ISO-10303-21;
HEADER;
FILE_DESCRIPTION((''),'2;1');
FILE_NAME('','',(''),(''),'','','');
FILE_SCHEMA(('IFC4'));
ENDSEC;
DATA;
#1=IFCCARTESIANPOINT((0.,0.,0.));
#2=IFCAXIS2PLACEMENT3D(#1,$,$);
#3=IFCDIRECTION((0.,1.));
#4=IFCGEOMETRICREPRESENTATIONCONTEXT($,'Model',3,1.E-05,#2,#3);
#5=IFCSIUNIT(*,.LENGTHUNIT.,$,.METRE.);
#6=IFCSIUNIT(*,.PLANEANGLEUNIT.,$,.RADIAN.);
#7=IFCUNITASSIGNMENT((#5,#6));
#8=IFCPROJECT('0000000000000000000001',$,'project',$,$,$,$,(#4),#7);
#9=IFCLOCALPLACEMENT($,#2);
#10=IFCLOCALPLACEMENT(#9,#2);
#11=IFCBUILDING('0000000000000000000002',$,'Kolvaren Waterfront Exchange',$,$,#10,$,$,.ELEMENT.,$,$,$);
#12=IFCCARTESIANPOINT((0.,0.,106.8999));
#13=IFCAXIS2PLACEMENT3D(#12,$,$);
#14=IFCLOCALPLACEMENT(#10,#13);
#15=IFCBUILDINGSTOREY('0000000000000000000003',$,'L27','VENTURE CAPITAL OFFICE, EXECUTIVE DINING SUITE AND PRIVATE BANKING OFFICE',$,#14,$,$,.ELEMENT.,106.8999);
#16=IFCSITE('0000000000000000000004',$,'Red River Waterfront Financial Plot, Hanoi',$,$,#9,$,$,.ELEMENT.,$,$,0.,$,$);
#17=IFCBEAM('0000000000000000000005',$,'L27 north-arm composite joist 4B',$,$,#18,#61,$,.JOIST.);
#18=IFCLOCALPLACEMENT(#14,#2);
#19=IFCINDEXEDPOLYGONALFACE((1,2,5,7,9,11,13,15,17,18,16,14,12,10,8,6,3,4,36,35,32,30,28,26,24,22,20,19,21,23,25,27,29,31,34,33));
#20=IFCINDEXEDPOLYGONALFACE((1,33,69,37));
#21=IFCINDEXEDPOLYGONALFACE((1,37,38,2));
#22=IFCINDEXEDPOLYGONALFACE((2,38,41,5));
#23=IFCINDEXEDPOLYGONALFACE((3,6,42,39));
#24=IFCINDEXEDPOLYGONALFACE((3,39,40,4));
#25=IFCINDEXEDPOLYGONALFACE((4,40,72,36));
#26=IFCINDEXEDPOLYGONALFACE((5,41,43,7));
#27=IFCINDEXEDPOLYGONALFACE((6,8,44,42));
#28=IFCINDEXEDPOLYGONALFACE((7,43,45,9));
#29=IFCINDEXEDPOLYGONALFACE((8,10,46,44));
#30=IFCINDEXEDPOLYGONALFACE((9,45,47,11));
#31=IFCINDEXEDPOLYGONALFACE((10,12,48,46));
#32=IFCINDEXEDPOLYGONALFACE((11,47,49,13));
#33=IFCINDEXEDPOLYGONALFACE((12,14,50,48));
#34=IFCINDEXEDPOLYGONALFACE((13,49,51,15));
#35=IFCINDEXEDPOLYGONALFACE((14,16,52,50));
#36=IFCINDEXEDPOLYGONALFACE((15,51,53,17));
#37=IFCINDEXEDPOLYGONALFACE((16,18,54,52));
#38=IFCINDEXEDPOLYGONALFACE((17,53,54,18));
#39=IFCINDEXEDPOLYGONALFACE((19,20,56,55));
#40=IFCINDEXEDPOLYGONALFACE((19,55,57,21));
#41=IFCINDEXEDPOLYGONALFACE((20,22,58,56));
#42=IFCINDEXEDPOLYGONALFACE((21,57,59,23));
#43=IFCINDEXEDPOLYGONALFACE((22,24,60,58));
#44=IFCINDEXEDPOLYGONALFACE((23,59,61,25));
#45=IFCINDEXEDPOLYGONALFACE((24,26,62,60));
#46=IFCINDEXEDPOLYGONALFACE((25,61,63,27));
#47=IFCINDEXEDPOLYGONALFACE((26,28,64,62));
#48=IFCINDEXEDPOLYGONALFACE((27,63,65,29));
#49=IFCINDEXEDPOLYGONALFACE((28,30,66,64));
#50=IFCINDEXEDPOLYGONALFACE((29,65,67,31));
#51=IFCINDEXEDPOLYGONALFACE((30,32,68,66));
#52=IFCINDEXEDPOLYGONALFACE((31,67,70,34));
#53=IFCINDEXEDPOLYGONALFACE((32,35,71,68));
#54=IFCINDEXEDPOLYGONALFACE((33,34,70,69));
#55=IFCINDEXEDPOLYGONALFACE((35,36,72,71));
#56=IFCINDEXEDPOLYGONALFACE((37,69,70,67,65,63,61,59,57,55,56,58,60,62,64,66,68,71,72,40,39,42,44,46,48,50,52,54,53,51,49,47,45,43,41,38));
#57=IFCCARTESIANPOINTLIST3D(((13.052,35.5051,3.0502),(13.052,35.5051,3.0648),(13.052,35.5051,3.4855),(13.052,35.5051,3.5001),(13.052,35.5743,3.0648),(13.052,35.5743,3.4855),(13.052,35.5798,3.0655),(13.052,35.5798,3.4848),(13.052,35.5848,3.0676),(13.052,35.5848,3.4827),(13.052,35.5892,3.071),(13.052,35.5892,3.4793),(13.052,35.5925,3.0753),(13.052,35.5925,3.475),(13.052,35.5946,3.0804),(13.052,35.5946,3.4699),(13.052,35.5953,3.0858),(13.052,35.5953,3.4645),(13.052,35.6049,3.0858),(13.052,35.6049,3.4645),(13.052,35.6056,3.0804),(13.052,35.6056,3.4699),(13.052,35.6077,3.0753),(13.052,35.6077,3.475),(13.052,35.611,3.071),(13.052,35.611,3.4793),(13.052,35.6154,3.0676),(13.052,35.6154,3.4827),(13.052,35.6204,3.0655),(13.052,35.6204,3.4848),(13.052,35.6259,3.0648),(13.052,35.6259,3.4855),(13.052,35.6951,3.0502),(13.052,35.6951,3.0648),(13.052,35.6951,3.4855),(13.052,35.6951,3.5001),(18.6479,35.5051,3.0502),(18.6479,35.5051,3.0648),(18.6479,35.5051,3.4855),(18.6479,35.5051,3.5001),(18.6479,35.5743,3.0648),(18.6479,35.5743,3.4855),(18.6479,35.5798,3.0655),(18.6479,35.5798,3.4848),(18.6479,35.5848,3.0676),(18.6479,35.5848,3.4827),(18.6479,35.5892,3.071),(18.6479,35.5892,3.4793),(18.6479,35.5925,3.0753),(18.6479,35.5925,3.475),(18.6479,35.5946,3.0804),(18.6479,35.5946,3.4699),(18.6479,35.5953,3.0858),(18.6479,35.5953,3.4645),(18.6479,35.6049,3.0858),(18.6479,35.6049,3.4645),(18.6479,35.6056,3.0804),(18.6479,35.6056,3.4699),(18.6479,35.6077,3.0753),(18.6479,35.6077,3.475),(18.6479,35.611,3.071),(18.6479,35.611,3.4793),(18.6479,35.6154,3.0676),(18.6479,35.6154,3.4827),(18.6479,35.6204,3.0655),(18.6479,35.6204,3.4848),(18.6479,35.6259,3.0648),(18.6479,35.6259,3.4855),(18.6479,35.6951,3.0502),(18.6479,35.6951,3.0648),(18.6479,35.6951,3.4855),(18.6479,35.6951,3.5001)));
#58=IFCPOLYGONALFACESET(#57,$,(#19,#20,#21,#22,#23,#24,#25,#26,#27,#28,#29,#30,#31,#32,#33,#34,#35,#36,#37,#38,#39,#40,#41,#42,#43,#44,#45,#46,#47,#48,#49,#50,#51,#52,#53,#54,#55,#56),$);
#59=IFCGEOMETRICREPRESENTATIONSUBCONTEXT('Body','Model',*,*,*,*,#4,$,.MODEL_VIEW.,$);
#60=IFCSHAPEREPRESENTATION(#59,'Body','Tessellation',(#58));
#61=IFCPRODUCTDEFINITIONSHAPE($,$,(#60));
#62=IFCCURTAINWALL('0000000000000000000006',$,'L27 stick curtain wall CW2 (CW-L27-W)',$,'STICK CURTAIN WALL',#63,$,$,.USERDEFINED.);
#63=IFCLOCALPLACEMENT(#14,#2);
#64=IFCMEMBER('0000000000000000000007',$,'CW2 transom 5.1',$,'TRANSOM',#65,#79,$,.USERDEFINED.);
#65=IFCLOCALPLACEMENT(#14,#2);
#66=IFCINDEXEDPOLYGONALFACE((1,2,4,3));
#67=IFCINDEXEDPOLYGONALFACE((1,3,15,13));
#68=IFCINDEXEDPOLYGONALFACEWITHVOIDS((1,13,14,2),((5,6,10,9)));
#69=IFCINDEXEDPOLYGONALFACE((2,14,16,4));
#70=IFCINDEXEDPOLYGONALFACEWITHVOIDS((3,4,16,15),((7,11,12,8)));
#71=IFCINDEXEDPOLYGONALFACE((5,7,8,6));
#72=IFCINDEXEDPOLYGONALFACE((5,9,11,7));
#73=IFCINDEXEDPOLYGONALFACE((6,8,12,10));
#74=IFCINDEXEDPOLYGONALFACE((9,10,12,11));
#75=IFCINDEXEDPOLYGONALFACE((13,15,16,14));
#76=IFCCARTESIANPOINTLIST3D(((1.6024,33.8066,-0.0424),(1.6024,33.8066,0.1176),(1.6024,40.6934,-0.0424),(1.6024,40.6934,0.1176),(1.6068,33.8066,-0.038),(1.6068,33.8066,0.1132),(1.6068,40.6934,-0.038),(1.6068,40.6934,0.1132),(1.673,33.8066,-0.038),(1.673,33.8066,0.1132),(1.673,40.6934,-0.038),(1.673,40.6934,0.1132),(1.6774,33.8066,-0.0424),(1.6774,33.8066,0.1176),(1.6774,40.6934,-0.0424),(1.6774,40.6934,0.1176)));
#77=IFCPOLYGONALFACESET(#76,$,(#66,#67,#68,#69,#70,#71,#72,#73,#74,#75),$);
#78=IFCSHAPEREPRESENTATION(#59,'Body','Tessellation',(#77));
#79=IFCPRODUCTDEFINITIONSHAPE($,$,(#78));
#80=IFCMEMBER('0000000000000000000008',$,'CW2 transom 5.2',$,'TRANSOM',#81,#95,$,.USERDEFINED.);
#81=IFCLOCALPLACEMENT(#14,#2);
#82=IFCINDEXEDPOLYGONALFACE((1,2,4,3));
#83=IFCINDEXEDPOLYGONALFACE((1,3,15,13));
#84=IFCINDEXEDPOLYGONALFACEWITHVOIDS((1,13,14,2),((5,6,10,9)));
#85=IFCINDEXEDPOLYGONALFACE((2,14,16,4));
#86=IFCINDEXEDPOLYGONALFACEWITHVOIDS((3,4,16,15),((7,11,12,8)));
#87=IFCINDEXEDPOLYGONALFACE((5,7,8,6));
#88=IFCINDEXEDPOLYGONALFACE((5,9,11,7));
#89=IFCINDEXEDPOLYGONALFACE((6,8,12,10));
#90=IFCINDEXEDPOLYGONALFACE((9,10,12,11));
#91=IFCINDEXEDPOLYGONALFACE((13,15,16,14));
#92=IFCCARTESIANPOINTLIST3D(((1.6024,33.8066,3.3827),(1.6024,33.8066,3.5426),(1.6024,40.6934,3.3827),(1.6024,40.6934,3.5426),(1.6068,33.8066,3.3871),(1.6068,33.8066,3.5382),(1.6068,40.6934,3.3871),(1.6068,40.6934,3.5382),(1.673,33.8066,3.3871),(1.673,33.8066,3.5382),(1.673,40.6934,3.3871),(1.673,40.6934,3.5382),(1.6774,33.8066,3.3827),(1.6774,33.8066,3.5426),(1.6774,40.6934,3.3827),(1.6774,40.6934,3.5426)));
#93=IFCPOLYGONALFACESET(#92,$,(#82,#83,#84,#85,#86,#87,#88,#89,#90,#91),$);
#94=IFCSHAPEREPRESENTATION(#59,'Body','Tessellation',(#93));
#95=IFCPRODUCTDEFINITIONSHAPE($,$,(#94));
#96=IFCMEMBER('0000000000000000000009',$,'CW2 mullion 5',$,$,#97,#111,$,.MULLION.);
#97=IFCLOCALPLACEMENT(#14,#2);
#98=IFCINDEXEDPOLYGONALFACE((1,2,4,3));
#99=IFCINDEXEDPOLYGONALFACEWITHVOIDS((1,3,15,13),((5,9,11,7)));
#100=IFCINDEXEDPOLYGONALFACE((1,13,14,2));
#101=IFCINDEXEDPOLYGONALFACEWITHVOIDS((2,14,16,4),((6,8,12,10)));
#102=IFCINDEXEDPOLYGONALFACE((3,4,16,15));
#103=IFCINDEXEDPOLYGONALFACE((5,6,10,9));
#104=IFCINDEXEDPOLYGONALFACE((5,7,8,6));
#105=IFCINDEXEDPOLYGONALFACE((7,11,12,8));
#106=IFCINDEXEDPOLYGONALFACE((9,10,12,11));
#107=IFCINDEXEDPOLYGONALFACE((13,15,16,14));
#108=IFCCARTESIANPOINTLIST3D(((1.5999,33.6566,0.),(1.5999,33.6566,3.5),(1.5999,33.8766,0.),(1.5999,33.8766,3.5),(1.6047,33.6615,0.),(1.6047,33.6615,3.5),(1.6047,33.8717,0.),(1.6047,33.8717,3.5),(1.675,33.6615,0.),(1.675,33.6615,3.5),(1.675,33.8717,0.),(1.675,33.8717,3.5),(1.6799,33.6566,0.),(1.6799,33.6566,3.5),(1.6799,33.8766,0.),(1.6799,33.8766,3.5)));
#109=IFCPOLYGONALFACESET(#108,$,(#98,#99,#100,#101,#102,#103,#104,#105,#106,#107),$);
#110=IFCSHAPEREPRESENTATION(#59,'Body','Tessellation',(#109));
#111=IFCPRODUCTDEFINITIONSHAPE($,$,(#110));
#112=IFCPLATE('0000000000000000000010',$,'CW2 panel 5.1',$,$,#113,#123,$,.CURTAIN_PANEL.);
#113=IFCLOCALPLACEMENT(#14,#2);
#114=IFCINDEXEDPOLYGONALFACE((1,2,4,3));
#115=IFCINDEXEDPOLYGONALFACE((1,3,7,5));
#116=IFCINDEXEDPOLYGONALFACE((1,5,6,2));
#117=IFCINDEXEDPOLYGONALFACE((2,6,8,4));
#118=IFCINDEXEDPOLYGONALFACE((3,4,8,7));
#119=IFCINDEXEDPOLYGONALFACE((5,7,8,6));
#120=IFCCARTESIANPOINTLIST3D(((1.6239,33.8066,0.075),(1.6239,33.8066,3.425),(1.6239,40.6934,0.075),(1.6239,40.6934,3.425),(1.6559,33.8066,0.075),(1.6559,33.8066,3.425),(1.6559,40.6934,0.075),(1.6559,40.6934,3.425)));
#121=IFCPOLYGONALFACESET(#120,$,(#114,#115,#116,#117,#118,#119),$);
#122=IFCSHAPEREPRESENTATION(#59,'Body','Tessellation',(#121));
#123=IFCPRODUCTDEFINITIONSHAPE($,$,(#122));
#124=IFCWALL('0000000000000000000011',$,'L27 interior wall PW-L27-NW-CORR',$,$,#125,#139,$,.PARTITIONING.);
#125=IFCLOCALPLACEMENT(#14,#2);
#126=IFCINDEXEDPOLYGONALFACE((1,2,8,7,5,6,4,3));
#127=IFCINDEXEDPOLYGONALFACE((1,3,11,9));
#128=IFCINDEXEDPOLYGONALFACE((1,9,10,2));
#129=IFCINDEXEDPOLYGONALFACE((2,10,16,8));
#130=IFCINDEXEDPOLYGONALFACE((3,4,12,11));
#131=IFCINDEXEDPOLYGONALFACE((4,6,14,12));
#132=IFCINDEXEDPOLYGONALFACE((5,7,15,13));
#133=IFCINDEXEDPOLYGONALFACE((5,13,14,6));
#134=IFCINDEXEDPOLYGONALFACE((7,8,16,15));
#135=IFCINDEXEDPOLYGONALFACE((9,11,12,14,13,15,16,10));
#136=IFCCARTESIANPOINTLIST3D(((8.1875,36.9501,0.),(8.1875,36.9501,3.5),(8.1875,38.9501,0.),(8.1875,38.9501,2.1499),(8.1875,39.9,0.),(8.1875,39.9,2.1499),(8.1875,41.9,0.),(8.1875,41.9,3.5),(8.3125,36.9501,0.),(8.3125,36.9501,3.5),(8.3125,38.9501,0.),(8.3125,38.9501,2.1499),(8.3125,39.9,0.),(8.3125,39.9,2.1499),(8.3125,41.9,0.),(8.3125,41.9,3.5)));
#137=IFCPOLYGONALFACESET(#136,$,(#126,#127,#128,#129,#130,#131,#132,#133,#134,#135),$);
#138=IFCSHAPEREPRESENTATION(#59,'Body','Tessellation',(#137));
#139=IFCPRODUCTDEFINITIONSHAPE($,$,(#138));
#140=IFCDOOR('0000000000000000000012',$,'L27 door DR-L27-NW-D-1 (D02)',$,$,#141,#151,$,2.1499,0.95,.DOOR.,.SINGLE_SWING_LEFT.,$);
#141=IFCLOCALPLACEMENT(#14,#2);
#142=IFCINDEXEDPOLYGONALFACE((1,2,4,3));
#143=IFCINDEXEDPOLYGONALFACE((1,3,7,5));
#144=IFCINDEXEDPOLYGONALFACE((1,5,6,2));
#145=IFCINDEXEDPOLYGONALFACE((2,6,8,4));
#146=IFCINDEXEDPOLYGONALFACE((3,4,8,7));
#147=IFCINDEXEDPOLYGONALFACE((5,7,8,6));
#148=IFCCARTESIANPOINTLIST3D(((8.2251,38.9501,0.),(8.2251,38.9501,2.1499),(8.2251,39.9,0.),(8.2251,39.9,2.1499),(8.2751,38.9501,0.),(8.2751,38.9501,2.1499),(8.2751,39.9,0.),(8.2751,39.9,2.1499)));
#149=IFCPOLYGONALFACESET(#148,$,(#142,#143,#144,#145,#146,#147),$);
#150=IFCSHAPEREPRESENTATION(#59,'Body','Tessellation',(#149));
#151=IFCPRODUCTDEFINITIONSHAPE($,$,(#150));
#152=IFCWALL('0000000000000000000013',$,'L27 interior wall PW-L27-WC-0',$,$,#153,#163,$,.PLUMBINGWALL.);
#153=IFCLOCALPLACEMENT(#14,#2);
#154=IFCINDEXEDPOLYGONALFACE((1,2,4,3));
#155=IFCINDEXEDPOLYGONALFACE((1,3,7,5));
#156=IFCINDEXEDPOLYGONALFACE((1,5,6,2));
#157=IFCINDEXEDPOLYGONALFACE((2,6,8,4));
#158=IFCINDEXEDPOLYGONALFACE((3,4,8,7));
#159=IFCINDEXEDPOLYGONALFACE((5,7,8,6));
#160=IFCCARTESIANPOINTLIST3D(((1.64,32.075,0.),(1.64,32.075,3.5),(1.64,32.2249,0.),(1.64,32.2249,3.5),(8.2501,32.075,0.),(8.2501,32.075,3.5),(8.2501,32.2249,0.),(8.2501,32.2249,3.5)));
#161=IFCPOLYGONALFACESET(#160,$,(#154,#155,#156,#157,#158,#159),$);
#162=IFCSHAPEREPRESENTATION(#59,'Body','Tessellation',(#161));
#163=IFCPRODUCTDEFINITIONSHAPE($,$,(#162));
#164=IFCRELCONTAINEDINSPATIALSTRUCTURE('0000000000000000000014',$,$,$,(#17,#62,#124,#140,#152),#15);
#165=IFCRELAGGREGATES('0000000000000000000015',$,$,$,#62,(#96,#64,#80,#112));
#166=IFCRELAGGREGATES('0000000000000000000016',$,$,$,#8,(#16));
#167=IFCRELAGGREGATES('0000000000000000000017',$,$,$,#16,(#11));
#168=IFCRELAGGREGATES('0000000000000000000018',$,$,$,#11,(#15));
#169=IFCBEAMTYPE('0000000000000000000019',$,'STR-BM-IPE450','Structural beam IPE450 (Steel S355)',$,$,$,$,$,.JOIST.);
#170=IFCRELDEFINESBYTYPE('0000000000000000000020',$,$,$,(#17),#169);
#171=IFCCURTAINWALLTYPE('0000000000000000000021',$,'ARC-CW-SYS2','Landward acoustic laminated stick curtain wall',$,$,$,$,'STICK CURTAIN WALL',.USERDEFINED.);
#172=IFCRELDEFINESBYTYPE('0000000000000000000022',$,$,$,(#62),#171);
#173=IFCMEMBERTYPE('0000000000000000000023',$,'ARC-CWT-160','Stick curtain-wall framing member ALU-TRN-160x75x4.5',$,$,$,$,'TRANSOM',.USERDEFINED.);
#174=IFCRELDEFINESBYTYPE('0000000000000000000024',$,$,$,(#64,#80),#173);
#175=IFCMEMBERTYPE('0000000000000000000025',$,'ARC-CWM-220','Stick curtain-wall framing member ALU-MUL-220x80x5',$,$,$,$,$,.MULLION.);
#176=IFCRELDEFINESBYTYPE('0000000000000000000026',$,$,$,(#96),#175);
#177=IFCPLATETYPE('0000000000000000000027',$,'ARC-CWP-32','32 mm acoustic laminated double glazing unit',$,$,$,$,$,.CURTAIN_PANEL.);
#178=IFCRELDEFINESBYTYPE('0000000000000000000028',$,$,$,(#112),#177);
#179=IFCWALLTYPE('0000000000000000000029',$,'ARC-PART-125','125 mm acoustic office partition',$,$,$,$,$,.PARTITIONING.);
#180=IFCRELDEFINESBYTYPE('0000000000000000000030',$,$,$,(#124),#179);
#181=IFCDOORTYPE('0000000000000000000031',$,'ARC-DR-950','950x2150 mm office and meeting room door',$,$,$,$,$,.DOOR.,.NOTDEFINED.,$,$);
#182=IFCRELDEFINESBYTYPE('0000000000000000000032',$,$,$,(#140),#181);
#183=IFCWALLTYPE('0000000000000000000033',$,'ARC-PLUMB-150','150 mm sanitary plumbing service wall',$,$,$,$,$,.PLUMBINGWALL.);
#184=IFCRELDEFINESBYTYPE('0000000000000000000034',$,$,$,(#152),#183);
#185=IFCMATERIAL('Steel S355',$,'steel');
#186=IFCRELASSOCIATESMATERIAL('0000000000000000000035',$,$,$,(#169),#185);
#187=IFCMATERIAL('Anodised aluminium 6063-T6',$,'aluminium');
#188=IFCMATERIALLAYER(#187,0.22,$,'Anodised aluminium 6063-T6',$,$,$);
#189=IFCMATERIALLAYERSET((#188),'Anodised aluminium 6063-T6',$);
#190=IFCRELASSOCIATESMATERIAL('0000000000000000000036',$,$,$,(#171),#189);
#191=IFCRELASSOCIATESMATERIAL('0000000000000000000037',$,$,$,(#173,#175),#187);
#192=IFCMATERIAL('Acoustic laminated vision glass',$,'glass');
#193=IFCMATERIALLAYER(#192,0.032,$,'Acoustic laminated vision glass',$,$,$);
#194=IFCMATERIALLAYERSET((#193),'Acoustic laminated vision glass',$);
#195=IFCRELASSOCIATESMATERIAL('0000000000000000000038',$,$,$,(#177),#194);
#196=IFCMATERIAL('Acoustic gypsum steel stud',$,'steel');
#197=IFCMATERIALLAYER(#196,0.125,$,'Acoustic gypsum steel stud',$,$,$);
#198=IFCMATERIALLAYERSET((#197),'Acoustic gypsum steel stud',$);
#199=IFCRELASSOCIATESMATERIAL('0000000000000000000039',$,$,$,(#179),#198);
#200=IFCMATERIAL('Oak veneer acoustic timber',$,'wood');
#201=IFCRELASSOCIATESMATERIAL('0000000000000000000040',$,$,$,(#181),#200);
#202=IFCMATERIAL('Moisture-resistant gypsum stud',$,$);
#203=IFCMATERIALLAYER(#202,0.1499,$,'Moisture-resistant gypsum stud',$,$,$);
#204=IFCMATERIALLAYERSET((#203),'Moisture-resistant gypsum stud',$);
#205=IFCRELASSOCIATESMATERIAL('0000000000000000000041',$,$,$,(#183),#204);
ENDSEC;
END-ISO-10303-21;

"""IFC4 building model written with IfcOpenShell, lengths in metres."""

from ifc_helpers import new_model, si_unit, direction, frame, frame_2d, origin, origin_with_axes, origin_2d, place, context, subcontext, project, spatial, rectangle, hollow_rectangle, i_section, extrude, source, transform, mapped, material, layer, layer_set, material_profile, profile_set, type_object, element, fill, aggregate, save


model = new_model("IFC4")

# Units and contexts
model_context = context("Model", 3, precision=1e-05, world=origin(), true_north=direction((0.0, 1.0)))
body_context = subcontext(model_context, "Body", "Model", "MODEL_VIEW")
ifc_project = project(units=[si_unit("LENGTHUNIT", "METRE"), si_unit("PLANEANGLEUNIT", "RADIAN")], contexts=[model_context])

# Site, building, storey
site_placement = place(None, origin())
site = spatial("IfcSite", under=ifc_project, at=site_placement, Name="Red River Waterfront Financial Plot, Hanoi", CompositionType="ELEMENT", RefElevation=0.0)
building_placement = place(site_placement, origin())
building = spatial("IfcBuilding", under=site, at=building_placement, Name="Kolvaren Waterfront Exchange", CompositionType="ELEMENT")
storey_placement = place(building_placement, frame((0.0, 0.0, 106.8999)))
storey = spatial("IfcBuildingStorey", under=building, at=storey_placement, Name="L27", Description="VENTURE CAPITAL OFFICE, EXECUTIVE DINING SUITE AND PRIVATE BANKING OFFICE", CompositionType="ELEMENT", Elevation=106.8999)

# Beam
ifc_material_1 = material(Name="Steel S355", Category="steel")
ifc_material_profile_1 = material_profile(ifc_material_1, i_section(OverallWidth=0.1899, OverallDepth=0.45, WebThickness=0.0095, FlangeThickness=0.0146, FilletRadius=0.021, at=origin_2d()), Name="IPE450")
ifc_profile_set_1 = profile_set([ifc_material_profile_1], Name="Steel S355")
beam_type_1 = type_object("IfcBeamType", Name="STR-BM-IPE450", Description="Structural beam IPE450 (Steel S355)", PredefinedType="JOIST", material=ifc_profile_set_1)
beam_1_placement = place(storey_placement, frame((13.052, 35.6001, 3.2751), z_axis=(1.0, 0.0, 0.0), x_axis=(0.0, 1.0, 0.0)))
element("IfcBeam", 1, at=beam_1_placement, inside=storey, type_object=beam_type_1, Name="L27 north-arm composite joist 4B", PredefinedType="JOIST", context=body_context, shape_type="SweptSolid", body=[
    extrude(i_section(OverallWidth=0.1899, OverallDepth=0.45, WebThickness=0.0095, FlangeThickness=0.0146, FilletRadius=0.021, at=origin_2d()), origin(), (0.0, 0.0, 1.0), 5.5959),
])

# Curtain wall, members, plate
ifc_material_2 = material(Name="Anodised aluminium 6063-T6", Category="aluminium")
ifc_layer_1 = layer(ifc_material_2, 0.22, Name="Anodised aluminium 6063-T6")
ifc_layer_set_1 = layer_set([ifc_layer_1], Name="Anodised aluminium 6063-T6")
curtain_wall_type = type_object("IfcCurtainWallType", Name="ARC-CW-SYS2", Description="Landward acoustic laminated stick curtain wall", ElementType="STICK CURTAIN WALL", PredefinedType="USERDEFINED", material=ifc_layer_set_1)
curtain_wall_placement = place(storey_placement, origin())
curtain_wall = element("IfcCurtainWall", 2, at=curtain_wall_placement, inside=storey, type_object=curtain_wall_type, Name="L27 stick curtain wall CW2 (CW-L27-W)", ObjectType="STICK CURTAIN WALL", PredefinedType="USERDEFINED")
ifc_material_profile_2 = material_profile(ifc_material_2, hollow_rectangle(XDim=0.075, YDim=0.1599, WallThickness=0.0044, at=origin_2d()), Name="ALU-TRN-160x75x4.5")
ifc_profile_set_2 = profile_set([ifc_material_profile_2], Name="Anodised aluminium 6063-T6")
member_type_1 = type_object("IfcMemberType", Name="ARC-CWT-160", Description="Stick curtain-wall framing member ALU-TRN-160x75x4.5", ElementType="TRANSOM", PredefinedType="USERDEFINED", material=ifc_profile_set_2)
shared_shape_1 = source(origin_with_axes(), body_context, "Body", "SweptSolid", [
    extrude(hollow_rectangle(XDim=0.075, YDim=0.1599, WallThickness=0.0044, at=origin_2d()), origin(), (0.0, 0.0, 1.0), 6.8867),
])
member_1_placement = place(storey_placement, frame((1.6399, 33.8066, 0.0376), z_axis=(0.0, 1.0, 0.0), x_axis=(-1.0, 0.0, 0.0)))
member_1 = element("IfcMember", 3, at=member_1_placement, type_object=member_type_1, Name="CW2 transom 5.1", ObjectType="TRANSOM", PredefinedType="USERDEFINED", context=body_context, shape_type="MappedRepresentation", body=[
    mapped(shared_shape_1, transform((0.0, 0.0, 0.0), x_axis=(1.0, 0.0, 0.0), y_axis=(0.0, 1.0, 0.0), z_axis=(0.0, 0.0, 1.0), scale=1.0)),
])
member_2_placement = place(storey_placement, frame((1.6399, 33.8066, 3.4626), z_axis=(0.0, 1.0, 0.0), x_axis=(-1.0, 0.0, 0.0)))
member_2 = element("IfcMember", 4, at=member_2_placement, type_object=member_type_1, Name="CW2 transom 5.2", ObjectType="TRANSOM", PredefinedType="USERDEFINED", context=body_context, shape_type="MappedRepresentation", body=[
    mapped(shared_shape_1, transform((0.0, 0.0, 0.0), x_axis=(1.0, 0.0, 0.0), y_axis=(0.0, 1.0, 0.0), z_axis=(0.0, 0.0, 1.0), scale=1.0)),
])
ifc_material_profile_3 = material_profile(ifc_material_2, hollow_rectangle(XDim=0.0801, YDim=0.22, WallThickness=0.0049, at=origin_2d()), Name="ALU-MUL-220x80x5")
ifc_profile_set_3 = profile_set([ifc_material_profile_3], Name="Anodised aluminium 6063-T6")
member_type_2 = type_object("IfcMemberType", Name="ARC-CWM-220", Description="Stick curtain-wall framing member ALU-MUL-220x80x5", PredefinedType="MULLION", material=ifc_profile_set_3)
shared_shape_2 = source(origin_with_axes(), body_context, "Body", "SweptSolid", [
    extrude(hollow_rectangle(XDim=0.0801, YDim=0.22, WallThickness=0.0049, at=origin_2d()), origin(), (0.0, 0.0, 1.0), 3.5),
])
member_3_placement = place(storey_placement, frame((1.6399, 33.7666, 0.0), z_axis=(0.0, 0.0, 1.0), x_axis=(-1.0, 0.0, 0.0)))
member_3 = element("IfcMember", 5, at=member_3_placement, type_object=member_type_2, Name="CW2 mullion 5", PredefinedType="MULLION", context=body_context, shape_type="MappedRepresentation", body=[
    mapped(shared_shape_2, transform((0.0, 0.0, 0.0), x_axis=(1.0, 0.0, 0.0), y_axis=(0.0, 1.0, 0.0), z_axis=(0.0, 0.0, 1.0), scale=1.0)),
])
ifc_material_3 = material(Name="Acoustic laminated vision glass", Category="glass")
ifc_layer_2 = layer(ifc_material_3, 0.032, Name="Acoustic laminated vision glass")
ifc_layer_set_2 = layer_set([ifc_layer_2], Name="Acoustic laminated vision glass")
plate_type = type_object("IfcPlateType", Name="ARC-CWP-32", Description="32 mm acoustic laminated double glazing unit", PredefinedType="CURTAIN_PANEL", material=ifc_layer_set_2)
shared_shape_3 = source(origin_with_axes(), body_context, "Body", "SweptSolid", [
    extrude(rectangle(XDim=6.8867, YDim=0.032, at=origin_2d()), origin(), (0.0, 0.0, 1.0), 3.3501),
])
plate_placement = place(storey_placement, frame((1.6399, 37.25, 0.075), z_axis=(0.0, 0.0, 1.0), x_axis=(0.0, 1.0, 0.0)))
plate = element("IfcPlate", 6, at=plate_placement, type_object=plate_type, Name="CW2 panel 5.1", PredefinedType="CURTAIN_PANEL", context=body_context, shape_type="MappedRepresentation", body=[
    mapped(shared_shape_3, transform((0.0, 0.0, 0.0), x_axis=(1.0, 0.0, 0.0), y_axis=(0.0, 1.0, 0.0), z_axis=(0.0, 0.0, 1.0), scale=1.0)),
])
aggregate(curtain_wall, [member_3, member_1, member_2, plate])

# Wall, opening, door
ifc_material_4 = material(Name="Acoustic gypsum steel stud", Category="steel")
ifc_layer_3 = layer(ifc_material_4, 0.125, Name="Acoustic gypsum steel stud")
ifc_layer_set_3 = layer_set([ifc_layer_3], Name="Acoustic gypsum steel stud")
wall_type_1 = type_object("IfcWallType", Name="ARC-PART-125", Description="125 mm acoustic office partition", PredefinedType="PARTITIONING", material=ifc_layer_set_3)
wall_1_placement = place(storey_placement, frame((8.25, 36.95, 0.0), z_axis=(0.0, 0.0, 1.0), x_axis=(0.0, 1.0, 0.0)))
wall_1 = element("IfcWall", 7, at=wall_1_placement, inside=storey, type_object=wall_type_1, Name="L27 interior wall PW-L27-NW-CORR", PredefinedType="PARTITIONING", context=body_context, shape_type="SweptSolid", body=[
    extrude(rectangle(XDim=4.95, YDim=0.125, at=frame_2d((2.4751, 0.0))), origin(), (0.0, 0.0, 1.0), 3.5),
])
opening_1_placement = place(wall_1_placement, frame((2.0, 0.0, 0.0)))
opening_1 = element("IfcOpeningElement", 8, at=opening_1_placement, cuts=wall_1, PredefinedType="OPENING", context=body_context, shape_type="SweptSolid", body=[
    extrude(rectangle(XDim=0.95, YDim=2.1499, at=frame_2d((0.4751, 1.075))), frame((0.0, 0.0725, 0.0), z_axis=(0.0, -1.0, 0.0), x_axis=(1.0, 0.0, 0.0)), (0.0, 0.0, 1.0), 0.145),
])
ifc_material_5 = material(Name="Oak veneer acoustic timber", Category="wood")
door_type_1 = type_object("IfcDoorType", Name="ARC-DR-950", Description="950x2150 mm office and meeting room door", OperationType="NOTDEFINED", PredefinedType="DOOR", material=ifc_material_5)
door_1_placement = place(opening_1_placement, origin())
door_1 = element("IfcDoor", 9, at=door_1_placement, inside=storey, type_object=door_type_1, Name="L27 door DR-L27-NW-D-1 (D02)", OperationType="SINGLE_SWING_LEFT", OverallHeight=2.1499, OverallWidth=0.95, PredefinedType="DOOR", context=body_context, shape_type="SweptSolid", body=[
    extrude(rectangle(XDim=0.95, YDim=2.1499, at=frame_2d((0.4751, 1.075))), frame((0.0, 0.0249, 0.0), z_axis=(0.0, -1.0, 0.0), x_axis=(1.0, 0.0, 0.0)), (0.0, 0.0, 1.0), 0.05),
])
fill(opening_1, door_1)

# Wall
ifc_material_6 = material(Name="Moisture-resistant gypsum stud")
ifc_layer_4 = layer(ifc_material_6, 0.1499, Name="Moisture-resistant gypsum stud")
ifc_layer_set_4 = layer_set([ifc_layer_4], Name="Moisture-resistant gypsum stud")
wall_type_2 = type_object("IfcWallType", Name="ARC-PLUMB-150", Description="150 mm sanitary plumbing service wall", PredefinedType="PLUMBINGWALL", material=ifc_layer_set_4)
wall_2_placement = place(storey_placement, frame((1.6399, 32.1499, 0.0), z_axis=(0.0, 0.0, 1.0), x_axis=(1.0, 0.0, 0.0)))
element("IfcWall", 10, at=wall_2_placement, inside=storey, type_object=wall_type_2, Name="L27 interior wall PW-L27-WC-0", PredefinedType="PLUMBINGWALL", context=body_context, shape_type="SweptSolid", body=[
    extrude(rectangle(XDim=6.6101, YDim=0.1499, at=frame_2d((3.3052, 0.0))), origin(), (0.0, 0.0, 1.0), 3.5),
])

save(model, "model.ifc")
